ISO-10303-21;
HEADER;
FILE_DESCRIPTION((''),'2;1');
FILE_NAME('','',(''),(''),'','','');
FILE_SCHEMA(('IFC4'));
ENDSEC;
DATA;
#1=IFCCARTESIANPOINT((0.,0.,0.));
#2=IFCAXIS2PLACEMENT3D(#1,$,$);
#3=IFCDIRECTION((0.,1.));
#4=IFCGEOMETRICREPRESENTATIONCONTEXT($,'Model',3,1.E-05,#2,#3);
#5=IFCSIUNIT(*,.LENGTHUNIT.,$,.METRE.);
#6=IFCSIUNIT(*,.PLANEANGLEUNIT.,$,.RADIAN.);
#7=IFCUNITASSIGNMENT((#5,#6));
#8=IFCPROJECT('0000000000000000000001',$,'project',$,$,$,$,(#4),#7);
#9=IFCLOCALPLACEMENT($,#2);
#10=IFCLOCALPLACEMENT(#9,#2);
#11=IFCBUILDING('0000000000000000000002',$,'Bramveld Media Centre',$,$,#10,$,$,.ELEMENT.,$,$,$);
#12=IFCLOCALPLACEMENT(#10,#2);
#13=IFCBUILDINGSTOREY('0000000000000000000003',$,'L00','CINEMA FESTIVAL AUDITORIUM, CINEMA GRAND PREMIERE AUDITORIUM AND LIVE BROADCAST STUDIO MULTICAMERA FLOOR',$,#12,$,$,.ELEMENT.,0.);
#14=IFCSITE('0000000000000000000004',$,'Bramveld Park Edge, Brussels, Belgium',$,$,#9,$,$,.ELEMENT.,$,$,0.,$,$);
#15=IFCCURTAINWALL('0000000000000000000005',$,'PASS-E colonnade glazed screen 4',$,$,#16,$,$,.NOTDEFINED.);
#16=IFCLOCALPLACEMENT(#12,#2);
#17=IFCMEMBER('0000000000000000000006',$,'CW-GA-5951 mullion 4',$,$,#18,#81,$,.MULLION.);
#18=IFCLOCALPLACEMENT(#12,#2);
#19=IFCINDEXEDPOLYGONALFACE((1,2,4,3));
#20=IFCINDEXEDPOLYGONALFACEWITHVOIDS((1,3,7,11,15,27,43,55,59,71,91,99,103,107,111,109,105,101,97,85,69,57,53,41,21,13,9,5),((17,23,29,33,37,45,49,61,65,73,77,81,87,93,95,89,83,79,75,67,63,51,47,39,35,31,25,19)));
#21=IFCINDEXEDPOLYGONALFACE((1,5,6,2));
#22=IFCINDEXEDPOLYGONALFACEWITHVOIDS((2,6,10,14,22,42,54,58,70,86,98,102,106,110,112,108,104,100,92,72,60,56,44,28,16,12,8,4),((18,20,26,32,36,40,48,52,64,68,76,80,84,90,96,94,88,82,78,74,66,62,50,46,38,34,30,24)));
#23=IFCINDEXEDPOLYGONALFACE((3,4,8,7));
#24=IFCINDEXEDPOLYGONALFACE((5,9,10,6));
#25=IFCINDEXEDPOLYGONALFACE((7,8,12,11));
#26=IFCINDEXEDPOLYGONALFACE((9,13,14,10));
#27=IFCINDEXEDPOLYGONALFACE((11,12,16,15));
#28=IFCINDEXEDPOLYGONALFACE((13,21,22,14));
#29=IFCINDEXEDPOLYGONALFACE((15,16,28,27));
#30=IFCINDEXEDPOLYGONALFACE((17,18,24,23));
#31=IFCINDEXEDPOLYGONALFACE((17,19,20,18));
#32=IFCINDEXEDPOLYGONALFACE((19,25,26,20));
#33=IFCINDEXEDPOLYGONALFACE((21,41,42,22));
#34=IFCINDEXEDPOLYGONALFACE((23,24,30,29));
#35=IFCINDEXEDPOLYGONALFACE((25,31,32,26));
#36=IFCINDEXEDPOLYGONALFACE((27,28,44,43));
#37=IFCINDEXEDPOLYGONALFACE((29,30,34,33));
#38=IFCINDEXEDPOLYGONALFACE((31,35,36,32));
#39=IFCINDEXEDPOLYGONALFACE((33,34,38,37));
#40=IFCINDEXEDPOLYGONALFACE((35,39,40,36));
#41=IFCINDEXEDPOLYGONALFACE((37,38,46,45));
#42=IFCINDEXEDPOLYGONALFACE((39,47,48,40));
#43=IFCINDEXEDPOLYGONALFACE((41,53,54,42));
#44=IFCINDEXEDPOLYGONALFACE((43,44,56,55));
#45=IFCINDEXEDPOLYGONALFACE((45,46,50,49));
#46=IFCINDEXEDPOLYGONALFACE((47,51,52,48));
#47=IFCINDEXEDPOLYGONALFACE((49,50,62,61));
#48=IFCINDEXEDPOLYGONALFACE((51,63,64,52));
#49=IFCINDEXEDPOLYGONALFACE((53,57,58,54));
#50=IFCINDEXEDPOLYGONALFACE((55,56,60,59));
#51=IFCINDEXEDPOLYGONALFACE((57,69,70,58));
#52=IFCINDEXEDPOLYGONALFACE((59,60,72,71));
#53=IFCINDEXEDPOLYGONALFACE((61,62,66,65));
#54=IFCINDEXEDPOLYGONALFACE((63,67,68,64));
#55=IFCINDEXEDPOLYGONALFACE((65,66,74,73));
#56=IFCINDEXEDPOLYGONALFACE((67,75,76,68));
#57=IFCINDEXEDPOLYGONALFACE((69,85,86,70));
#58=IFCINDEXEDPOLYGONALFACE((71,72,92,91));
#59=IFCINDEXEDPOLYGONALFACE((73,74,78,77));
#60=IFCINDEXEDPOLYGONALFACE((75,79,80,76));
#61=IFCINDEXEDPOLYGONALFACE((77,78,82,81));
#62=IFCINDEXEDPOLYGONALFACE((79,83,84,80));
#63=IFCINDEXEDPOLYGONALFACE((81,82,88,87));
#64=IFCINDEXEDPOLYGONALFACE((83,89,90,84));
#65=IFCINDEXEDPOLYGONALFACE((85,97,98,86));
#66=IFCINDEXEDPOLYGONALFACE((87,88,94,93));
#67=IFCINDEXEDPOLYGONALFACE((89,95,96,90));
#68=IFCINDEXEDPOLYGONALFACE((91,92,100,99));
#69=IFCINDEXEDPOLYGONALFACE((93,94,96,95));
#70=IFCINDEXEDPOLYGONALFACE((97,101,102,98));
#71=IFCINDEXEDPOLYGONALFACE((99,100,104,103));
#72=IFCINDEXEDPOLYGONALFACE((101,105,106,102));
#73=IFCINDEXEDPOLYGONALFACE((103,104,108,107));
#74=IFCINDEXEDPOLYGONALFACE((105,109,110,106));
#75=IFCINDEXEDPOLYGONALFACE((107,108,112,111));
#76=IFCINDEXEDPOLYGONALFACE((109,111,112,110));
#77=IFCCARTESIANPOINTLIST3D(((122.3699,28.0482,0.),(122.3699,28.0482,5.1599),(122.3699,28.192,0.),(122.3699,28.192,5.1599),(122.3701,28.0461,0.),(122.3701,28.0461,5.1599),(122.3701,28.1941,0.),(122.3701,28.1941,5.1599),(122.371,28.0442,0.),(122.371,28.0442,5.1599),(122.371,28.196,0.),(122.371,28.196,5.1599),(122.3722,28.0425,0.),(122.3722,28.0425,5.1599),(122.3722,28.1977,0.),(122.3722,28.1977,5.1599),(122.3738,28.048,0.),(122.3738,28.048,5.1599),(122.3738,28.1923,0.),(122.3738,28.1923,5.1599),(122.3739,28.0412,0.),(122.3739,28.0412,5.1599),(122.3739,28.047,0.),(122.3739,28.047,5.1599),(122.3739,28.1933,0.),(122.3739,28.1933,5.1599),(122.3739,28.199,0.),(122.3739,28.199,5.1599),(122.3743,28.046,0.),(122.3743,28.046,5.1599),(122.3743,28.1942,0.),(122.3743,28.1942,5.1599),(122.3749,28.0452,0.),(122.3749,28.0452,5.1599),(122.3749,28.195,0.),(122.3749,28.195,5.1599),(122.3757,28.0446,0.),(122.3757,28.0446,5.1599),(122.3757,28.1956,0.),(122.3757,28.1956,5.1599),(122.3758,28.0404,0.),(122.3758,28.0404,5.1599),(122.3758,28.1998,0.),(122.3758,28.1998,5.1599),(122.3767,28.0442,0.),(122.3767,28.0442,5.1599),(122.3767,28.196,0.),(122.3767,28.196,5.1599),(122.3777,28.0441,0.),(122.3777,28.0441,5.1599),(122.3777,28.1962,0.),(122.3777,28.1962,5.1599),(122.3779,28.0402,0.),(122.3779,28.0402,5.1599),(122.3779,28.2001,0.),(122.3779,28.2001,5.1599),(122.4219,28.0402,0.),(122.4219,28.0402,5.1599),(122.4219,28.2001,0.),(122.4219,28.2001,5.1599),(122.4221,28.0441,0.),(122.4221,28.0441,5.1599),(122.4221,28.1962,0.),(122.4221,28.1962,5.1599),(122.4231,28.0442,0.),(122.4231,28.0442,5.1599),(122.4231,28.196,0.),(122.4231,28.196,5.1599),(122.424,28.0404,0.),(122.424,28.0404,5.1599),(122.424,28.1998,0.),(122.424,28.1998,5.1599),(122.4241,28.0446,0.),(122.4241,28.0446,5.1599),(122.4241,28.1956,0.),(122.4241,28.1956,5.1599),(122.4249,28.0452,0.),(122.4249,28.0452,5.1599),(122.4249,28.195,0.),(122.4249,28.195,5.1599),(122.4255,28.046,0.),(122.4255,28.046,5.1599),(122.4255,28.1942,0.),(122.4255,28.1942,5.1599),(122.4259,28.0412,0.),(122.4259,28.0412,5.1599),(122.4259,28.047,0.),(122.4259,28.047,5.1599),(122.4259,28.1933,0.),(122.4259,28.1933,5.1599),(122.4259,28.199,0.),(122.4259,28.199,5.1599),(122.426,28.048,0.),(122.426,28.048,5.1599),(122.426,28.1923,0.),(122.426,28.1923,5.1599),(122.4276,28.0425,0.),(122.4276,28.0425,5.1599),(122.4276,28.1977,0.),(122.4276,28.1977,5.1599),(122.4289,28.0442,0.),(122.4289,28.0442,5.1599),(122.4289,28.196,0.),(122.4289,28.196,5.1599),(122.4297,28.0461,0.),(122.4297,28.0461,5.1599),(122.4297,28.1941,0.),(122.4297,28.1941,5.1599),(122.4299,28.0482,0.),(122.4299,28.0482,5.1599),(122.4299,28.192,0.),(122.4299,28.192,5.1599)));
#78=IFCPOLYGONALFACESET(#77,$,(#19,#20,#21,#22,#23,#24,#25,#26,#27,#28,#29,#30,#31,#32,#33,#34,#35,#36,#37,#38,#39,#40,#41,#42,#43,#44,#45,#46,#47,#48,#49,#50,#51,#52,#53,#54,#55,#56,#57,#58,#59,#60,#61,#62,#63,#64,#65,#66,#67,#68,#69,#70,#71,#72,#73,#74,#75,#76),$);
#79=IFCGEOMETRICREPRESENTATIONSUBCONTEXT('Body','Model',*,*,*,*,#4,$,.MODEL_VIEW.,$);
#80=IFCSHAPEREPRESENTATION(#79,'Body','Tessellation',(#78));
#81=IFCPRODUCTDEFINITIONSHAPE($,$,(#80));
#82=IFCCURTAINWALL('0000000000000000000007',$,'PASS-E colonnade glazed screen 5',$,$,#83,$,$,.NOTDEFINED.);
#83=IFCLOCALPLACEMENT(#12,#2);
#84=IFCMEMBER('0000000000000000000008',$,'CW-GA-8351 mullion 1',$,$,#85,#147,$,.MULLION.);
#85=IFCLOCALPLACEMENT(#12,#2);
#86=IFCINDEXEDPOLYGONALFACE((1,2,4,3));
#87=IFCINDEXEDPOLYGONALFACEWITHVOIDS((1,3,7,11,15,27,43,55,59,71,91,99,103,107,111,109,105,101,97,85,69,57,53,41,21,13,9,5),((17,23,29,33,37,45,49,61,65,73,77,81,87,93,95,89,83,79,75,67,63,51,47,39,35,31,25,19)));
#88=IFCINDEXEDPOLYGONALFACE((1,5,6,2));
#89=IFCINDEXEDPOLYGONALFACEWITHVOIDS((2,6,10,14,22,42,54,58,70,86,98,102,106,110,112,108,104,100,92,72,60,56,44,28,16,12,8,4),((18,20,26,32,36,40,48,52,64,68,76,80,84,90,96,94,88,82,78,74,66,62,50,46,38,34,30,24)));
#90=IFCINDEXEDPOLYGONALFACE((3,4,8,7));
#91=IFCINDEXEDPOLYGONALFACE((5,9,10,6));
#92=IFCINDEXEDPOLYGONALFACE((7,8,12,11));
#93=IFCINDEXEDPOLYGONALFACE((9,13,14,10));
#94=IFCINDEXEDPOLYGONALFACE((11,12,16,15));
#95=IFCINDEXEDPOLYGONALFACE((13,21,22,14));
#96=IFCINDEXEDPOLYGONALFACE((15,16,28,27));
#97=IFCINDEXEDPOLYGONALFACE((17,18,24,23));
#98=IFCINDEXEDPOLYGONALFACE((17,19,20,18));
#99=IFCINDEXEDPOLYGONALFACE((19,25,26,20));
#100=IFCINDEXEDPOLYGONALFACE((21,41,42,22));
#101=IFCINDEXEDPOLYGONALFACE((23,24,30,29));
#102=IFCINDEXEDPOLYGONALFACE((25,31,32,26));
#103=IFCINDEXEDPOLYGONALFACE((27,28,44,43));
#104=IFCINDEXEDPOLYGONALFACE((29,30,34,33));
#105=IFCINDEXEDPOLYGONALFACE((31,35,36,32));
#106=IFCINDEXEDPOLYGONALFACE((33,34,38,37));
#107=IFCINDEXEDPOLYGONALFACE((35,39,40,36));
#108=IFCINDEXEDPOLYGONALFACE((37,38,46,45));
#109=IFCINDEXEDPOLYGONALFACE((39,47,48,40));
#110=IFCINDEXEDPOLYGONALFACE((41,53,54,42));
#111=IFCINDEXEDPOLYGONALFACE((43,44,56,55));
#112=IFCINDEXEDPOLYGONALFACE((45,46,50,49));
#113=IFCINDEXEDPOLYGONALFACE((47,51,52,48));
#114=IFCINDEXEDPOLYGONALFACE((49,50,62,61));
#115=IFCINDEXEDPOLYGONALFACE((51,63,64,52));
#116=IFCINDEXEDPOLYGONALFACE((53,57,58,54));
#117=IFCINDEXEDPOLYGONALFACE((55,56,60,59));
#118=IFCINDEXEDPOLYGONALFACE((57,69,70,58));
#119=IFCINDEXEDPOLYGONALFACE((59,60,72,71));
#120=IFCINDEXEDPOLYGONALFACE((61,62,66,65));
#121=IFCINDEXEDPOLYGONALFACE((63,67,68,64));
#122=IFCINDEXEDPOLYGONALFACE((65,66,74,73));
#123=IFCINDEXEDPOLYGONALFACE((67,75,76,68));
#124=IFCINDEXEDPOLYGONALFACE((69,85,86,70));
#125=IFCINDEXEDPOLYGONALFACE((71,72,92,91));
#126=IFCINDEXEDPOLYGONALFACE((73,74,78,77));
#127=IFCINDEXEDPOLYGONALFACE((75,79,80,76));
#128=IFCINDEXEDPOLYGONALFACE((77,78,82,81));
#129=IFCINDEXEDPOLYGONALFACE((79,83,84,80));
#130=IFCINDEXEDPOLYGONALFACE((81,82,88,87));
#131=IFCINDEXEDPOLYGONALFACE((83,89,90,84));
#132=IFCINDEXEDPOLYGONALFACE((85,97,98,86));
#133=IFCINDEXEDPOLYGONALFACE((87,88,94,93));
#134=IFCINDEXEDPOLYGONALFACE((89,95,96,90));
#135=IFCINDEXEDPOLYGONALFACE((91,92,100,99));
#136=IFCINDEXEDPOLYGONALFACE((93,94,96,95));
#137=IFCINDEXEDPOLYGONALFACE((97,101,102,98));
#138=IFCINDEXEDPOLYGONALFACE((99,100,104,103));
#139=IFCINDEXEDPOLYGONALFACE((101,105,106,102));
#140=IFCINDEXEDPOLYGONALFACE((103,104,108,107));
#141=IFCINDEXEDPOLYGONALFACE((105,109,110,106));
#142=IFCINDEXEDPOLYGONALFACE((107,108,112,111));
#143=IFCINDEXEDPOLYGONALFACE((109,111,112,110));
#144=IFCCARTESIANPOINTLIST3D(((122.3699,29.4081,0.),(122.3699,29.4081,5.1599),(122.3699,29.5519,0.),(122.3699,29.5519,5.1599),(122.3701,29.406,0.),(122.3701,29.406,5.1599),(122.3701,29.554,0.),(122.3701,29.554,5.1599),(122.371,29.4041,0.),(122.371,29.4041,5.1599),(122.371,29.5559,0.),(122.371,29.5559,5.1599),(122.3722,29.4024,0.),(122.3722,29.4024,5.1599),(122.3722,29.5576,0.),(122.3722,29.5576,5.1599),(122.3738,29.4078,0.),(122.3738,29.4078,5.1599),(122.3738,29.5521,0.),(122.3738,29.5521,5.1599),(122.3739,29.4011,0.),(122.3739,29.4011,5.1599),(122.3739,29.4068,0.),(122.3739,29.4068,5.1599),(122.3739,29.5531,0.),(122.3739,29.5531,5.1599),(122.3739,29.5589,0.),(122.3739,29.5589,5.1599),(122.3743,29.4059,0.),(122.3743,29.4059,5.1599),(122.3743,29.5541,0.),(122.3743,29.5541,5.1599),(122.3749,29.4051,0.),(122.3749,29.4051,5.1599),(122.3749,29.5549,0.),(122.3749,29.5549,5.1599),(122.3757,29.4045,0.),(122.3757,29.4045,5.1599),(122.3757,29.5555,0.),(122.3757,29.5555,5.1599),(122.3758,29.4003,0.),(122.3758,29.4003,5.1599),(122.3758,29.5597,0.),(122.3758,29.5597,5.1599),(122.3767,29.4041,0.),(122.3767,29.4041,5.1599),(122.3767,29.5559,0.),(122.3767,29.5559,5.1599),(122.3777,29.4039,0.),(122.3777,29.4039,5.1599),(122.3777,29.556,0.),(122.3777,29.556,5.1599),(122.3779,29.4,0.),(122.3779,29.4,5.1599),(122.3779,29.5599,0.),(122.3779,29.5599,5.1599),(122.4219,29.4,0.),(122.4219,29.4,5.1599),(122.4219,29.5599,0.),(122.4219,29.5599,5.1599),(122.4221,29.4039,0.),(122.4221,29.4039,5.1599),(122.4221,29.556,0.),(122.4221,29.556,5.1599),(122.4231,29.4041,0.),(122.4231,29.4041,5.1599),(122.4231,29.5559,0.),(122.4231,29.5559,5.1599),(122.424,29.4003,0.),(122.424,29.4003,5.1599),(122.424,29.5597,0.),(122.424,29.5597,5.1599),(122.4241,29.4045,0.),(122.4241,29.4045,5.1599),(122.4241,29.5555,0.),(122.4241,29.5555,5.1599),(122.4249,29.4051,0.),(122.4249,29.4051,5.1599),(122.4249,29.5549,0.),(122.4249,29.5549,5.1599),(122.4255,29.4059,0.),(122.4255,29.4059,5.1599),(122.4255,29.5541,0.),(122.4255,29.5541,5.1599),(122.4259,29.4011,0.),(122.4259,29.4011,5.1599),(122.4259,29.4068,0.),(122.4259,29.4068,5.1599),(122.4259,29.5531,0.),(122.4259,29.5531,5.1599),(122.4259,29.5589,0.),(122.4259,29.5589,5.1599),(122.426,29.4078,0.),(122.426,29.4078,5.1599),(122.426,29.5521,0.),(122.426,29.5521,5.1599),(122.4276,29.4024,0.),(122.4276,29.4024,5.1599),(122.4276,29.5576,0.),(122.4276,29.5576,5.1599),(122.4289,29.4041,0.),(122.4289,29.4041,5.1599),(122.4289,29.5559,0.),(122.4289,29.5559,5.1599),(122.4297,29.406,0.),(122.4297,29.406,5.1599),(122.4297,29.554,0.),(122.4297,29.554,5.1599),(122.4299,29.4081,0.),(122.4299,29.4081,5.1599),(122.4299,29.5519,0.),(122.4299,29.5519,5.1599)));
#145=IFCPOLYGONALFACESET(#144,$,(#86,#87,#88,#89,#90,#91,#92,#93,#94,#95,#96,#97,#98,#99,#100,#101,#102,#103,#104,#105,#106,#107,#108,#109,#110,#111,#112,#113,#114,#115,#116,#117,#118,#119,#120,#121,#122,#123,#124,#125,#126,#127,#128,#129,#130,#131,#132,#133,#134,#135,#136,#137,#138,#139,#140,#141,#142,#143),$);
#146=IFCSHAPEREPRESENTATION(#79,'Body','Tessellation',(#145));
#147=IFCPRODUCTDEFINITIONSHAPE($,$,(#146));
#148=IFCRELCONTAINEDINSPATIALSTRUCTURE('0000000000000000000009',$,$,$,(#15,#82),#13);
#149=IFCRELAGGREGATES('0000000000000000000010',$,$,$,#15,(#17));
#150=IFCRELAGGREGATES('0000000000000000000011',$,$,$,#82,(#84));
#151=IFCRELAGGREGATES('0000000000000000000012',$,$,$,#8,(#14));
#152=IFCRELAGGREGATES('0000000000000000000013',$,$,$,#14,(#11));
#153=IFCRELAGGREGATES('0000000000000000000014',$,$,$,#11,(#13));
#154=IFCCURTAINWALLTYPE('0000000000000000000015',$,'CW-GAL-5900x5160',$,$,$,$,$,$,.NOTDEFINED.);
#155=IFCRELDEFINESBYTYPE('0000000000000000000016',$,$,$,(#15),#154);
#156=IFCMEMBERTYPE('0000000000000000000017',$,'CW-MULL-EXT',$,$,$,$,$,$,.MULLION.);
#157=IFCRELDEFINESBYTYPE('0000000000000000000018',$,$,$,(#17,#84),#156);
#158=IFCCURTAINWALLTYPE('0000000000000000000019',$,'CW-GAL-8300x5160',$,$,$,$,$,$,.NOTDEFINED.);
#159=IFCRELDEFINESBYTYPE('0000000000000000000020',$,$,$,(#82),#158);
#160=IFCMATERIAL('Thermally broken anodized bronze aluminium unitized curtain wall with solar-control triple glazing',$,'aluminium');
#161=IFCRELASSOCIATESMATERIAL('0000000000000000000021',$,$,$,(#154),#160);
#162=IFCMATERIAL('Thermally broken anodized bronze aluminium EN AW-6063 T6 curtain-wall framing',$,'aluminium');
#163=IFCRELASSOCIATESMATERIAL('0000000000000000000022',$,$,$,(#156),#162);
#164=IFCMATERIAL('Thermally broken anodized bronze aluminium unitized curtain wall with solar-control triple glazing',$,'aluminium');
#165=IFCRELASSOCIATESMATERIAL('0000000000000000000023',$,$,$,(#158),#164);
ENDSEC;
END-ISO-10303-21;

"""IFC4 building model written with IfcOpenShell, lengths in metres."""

from ifc_helpers import new_model, si_unit, direction, frame, origin, origin_2d, place, context, subcontext, project, spatial, hollow_rectangle, extrude, material, material_profile, profile_set, type_object, element, aggregate, save


model = new_model("IFC4")

# Units and contexts
model_context = context("Model", 3, precision=1e-05, world=origin(), true_north=direction((0.0, 1.0)))
body_context = subcontext(model_context, "Body", "Model", "MODEL_VIEW")
ifc_project = project(units=[si_unit("LENGTHUNIT", "METRE"), si_unit("PLANEANGLEUNIT", "RADIAN")], contexts=[model_context])

# Site, building, storey
site_placement = place(None, origin())
site = spatial("IfcSite", under=ifc_project, at=site_placement, Name="Bramveld Park Edge, Brussels, Belgium", CompositionType="ELEMENT", RefElevation=0.0)
building_placement = place(site_placement, origin())
building = spatial("IfcBuilding", under=site, at=building_placement, Name="Bramveld Media Centre", CompositionType="ELEMENT")
storey_placement = place(building_placement, origin())
storey = spatial("IfcBuildingStorey", under=building, at=storey_placement, Name="L00", Description="CINEMA FESTIVAL AUDITORIUM, CINEMA GRAND PREMIERE AUDITORIUM AND LIVE BROADCAST STUDIO MULTICAMERA FLOOR", CompositionType="ELEMENT", Elevation=0.0)

# Curtain wall, member
ifc_material_1 = material(Name="Thermally broken anodized bronze aluminium unitized curtain wall with solar-control triple glazing", Category="aluminium")
curtain_wall_type_1 = type_object("IfcCurtainWallType", Name="CW-GAL-5900x5160", PredefinedType="NOTDEFINED", material=ifc_material_1)
curtain_wall_1_placement = place(storey_placement, origin())
curtain_wall_1 = element("IfcCurtainWall", 1, at=curtain_wall_1_placement, inside=storey, type_object=curtain_wall_type_1, Name="PASS-E colonnade glazed screen 4", PredefinedType="NOTDEFINED")
ifc_material_2 = material(Name="Thermally broken anodized bronze aluminium EN AW-6063 T6 curtain-wall framing", Category="aluminium")
ifc_material_profile_1 = material_profile(ifc_material_2, hollow_rectangle(XDim=0.0601, YDim=0.1599, WallThickness=0.0039, InnerFilletRadius=0.0039, OuterFilletRadius=0.0081, at=origin_2d()), Name="AL-MULL 60x160")
ifc_profile_set_1 = profile_set([ifc_material_profile_1], Name="Thermally broken anodized bronze aluminium EN AW-6063 T6 curtain-wall framing")
member_type_1 = type_object("IfcMemberType", Name="CW-MULL-EXT", PredefinedType="MULLION", material=ifc_profile_set_1)
member_1_placement = place(storey_placement, frame((122.3999, 28.1201, 0.0), z_axis=(0.0, 0.0, 1.0), x_axis=(-1.0, 0.0, 0.0)))
member_1 = element("IfcMember", 2, at=member_1_placement, type_object=member_type_1, Name="CW-GA-5951 mullion 4", PredefinedType="MULLION", context=body_context, shape_type="SweptSolid", body=[
    extrude(hollow_rectangle(XDim=0.0601, YDim=0.1599, WallThickness=0.0039, InnerFilletRadius=0.0039, OuterFilletRadius=0.0081, at=origin_2d()), origin(), (0.0, 0.0, 1.0), 5.1599),
])

# Curtain wall, member
ifc_material_3 = material(Name="Thermally broken anodized bronze aluminium unitized curtain wall with solar-control triple glazing", Category="aluminium")
curtain_wall_type_2 = type_object("IfcCurtainWallType", Name="CW-GAL-8300x5160", PredefinedType="NOTDEFINED", material=ifc_material_3)
curtain_wall_2_placement = place(storey_placement, origin())
curtain_wall_2 = element("IfcCurtainWall", 3, at=curtain_wall_2_placement, inside=storey, type_object=curtain_wall_type_2, Name="PASS-E colonnade glazed screen 5", PredefinedType="NOTDEFINED")
member_2_placement = place(storey_placement, frame((122.3999, 29.48, 0.0), z_axis=(0.0, 0.0, 1.0), x_axis=(-1.0, 0.0, 0.0)))
member_2 = element("IfcMember", 4, at=member_2_placement, type_object=member_type_1, Name="CW-GA-8351 mullion 1", PredefinedType="MULLION", context=body_context, shape_type="SweptSolid", body=[
    extrude(hollow_rectangle(XDim=0.0601, YDim=0.1599, WallThickness=0.0039, InnerFilletRadius=0.0039, OuterFilletRadius=0.0081, at=origin_2d()), origin(), (0.0, 0.0, 1.0), 5.1599),
])

aggregate(curtain_wall_1, [member_1])
aggregate(curtain_wall_2, [member_2])

save(model, "model.ifc")
